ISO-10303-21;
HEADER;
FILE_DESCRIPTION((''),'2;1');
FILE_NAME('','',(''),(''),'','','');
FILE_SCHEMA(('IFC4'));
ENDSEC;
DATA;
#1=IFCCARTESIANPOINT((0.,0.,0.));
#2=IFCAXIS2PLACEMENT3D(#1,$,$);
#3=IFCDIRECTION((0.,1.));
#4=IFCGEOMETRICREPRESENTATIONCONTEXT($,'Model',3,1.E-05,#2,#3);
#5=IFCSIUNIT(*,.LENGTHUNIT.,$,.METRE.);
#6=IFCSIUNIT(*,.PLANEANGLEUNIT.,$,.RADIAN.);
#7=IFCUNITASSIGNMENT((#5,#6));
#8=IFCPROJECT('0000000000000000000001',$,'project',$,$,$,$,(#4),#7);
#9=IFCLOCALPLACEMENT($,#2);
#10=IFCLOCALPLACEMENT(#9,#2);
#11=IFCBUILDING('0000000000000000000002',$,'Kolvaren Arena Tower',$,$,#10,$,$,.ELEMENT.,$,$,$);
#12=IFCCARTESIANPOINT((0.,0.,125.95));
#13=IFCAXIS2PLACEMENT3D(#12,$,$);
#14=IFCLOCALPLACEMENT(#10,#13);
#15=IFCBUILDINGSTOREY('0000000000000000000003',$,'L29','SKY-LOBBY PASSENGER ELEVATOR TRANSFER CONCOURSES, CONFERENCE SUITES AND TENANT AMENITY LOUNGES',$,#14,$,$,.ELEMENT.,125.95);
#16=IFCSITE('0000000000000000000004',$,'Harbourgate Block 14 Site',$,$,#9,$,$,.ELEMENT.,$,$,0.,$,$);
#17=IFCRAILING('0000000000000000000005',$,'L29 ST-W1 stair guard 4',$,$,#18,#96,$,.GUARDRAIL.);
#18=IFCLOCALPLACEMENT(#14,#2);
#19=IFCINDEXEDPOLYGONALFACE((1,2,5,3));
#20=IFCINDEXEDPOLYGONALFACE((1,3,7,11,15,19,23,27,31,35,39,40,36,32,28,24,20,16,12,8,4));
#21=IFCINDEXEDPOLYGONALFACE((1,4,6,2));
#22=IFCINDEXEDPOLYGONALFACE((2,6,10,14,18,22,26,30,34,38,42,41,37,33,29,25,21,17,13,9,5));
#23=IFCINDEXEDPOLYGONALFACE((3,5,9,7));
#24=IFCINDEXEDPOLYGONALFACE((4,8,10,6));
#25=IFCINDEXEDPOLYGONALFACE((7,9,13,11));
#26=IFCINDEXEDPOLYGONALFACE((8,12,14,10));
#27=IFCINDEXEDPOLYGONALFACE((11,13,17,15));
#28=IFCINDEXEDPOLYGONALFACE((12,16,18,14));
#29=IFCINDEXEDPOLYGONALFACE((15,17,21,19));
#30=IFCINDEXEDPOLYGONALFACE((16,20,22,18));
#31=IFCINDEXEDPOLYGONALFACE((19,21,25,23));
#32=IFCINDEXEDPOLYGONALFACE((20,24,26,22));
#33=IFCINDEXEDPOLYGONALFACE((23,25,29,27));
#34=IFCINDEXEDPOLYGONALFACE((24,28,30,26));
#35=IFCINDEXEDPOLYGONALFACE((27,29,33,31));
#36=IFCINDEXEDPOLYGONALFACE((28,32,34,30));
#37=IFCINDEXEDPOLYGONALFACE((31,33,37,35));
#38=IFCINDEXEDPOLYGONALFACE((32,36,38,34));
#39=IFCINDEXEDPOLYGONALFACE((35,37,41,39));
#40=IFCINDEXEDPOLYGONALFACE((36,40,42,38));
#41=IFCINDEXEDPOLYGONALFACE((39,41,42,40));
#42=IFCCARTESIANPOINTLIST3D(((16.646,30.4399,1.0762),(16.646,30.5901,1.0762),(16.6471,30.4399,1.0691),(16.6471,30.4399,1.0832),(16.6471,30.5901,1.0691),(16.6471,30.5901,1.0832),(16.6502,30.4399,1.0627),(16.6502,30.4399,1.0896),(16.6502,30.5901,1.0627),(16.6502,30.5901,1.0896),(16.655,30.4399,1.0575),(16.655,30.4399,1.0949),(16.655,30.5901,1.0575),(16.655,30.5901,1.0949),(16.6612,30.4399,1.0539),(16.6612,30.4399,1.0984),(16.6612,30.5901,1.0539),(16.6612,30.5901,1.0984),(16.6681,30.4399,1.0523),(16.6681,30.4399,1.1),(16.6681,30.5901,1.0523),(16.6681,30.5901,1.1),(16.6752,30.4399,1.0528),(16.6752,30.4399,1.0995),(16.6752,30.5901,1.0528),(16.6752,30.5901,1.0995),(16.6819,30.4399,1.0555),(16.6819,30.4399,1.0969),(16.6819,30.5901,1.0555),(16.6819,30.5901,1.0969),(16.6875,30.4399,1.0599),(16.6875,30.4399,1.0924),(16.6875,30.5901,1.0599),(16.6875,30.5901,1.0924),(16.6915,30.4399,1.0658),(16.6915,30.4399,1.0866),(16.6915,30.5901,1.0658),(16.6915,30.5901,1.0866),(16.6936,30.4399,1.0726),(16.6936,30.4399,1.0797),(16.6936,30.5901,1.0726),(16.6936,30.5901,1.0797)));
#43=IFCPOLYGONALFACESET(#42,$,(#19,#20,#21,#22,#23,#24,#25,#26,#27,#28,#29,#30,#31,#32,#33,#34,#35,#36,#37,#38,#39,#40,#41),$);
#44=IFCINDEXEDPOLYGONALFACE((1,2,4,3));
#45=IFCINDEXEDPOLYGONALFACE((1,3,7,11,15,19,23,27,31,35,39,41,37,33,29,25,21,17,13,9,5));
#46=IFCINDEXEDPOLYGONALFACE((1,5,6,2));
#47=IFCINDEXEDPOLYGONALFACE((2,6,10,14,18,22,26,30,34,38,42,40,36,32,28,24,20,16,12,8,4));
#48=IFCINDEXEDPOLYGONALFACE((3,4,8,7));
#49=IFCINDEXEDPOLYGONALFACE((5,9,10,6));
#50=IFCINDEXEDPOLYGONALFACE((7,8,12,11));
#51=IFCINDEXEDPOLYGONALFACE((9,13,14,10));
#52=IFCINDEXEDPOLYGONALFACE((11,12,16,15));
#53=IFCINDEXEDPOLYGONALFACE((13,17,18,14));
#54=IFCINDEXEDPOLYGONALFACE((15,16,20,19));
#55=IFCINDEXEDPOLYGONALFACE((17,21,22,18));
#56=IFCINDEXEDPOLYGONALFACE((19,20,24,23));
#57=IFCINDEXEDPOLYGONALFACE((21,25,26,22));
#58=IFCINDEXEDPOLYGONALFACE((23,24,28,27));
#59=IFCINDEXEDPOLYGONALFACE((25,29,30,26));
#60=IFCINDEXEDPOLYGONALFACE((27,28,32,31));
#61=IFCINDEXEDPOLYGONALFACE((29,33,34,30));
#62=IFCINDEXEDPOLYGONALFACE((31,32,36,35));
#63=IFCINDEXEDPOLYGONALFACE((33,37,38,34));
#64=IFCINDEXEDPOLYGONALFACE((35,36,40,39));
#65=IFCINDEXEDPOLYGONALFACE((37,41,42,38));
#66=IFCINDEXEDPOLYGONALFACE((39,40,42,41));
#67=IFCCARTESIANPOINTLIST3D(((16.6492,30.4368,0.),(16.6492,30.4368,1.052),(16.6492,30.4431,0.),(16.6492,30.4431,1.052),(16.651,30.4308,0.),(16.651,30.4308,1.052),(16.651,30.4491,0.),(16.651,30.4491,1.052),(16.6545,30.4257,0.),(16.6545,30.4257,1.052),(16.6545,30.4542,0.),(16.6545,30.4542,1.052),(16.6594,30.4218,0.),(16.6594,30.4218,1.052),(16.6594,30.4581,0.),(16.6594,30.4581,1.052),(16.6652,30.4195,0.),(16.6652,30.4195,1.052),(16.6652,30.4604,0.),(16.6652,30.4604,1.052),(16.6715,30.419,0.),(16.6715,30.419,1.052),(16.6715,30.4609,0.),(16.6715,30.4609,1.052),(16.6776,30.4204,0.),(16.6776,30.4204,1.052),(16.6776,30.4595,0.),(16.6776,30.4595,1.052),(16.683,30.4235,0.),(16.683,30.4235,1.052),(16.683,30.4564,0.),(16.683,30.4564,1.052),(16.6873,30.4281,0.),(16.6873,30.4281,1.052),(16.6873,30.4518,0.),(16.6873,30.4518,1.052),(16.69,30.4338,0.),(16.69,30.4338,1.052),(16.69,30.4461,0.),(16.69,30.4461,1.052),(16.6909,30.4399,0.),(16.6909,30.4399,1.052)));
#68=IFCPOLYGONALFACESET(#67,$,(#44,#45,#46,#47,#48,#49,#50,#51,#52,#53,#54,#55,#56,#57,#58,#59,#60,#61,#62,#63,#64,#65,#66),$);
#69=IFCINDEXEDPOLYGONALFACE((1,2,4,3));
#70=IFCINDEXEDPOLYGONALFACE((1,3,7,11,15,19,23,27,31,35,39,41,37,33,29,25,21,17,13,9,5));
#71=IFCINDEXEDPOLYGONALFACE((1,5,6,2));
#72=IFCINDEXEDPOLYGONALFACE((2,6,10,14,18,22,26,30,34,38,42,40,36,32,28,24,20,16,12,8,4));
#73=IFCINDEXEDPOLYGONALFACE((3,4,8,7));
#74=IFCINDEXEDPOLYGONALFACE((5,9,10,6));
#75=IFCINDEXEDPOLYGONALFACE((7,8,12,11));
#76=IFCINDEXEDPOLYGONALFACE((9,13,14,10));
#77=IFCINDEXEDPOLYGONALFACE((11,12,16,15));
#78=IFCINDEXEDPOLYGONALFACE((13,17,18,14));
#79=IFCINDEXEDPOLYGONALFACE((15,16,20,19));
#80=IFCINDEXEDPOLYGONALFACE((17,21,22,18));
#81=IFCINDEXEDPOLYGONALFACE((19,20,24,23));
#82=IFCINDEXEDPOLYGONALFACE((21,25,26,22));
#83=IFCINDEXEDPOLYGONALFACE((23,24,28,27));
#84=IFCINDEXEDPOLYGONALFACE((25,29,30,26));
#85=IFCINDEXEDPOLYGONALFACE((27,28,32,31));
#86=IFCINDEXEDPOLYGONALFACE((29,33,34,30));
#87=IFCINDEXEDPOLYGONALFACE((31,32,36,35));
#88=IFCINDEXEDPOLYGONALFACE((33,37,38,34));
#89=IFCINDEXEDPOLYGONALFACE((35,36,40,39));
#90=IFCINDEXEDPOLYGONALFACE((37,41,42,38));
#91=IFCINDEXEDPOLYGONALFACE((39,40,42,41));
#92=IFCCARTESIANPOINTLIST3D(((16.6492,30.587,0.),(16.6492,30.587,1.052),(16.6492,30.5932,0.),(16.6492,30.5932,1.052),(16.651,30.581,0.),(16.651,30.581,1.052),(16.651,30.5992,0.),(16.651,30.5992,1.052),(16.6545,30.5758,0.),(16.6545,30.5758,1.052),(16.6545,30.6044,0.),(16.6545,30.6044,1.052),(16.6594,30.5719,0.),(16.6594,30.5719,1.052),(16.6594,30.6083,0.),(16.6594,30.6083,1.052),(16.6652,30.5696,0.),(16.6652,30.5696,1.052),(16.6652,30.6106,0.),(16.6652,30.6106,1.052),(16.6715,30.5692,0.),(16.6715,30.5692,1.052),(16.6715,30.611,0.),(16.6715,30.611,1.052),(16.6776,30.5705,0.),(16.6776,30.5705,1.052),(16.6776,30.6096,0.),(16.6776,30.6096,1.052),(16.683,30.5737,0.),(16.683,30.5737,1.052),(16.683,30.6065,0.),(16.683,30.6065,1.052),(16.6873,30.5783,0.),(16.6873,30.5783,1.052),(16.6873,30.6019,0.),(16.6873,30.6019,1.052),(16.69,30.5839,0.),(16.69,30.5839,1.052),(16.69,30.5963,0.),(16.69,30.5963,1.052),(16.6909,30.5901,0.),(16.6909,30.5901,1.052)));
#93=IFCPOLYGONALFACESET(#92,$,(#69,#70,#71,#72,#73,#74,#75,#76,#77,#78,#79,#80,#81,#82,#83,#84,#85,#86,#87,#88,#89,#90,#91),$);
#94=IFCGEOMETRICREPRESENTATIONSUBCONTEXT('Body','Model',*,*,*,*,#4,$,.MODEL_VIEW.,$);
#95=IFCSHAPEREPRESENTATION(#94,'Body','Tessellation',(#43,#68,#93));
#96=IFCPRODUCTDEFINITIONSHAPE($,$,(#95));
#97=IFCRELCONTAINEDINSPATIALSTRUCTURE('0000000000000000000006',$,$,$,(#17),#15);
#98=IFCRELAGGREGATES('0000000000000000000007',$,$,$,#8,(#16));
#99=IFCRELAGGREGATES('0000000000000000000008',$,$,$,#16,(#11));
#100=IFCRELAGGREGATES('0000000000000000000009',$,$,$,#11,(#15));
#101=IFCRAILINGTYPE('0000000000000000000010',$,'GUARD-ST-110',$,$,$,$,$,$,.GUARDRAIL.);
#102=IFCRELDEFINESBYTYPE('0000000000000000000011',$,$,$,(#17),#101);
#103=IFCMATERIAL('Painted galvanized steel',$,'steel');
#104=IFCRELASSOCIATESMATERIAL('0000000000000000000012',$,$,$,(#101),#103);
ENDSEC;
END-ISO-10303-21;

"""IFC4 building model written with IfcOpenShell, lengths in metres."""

from ifc_helpers import new_model, si_unit, direction, frame, origin, origin_2d, place, context, subcontext, project, spatial, circle, extrude, material, type_object, element, save


model = new_model("IFC4")

# Units and contexts
model_context = context("Model", 3, precision=1e-05, world=origin(), true_north=direction((0.0, 1.0)))
body_context = subcontext(model_context, "Body", "Model", "MODEL_VIEW")
ifc_project = project(units=[si_unit("LENGTHUNIT", "METRE"), si_unit("PLANEANGLEUNIT", "RADIAN")], contexts=[model_context])

# Site, building, storey
site_placement = place(None, origin())
site = spatial("IfcSite", under=ifc_project, at=site_placement, Name="Harbourgate Block 14 Site", CompositionType="ELEMENT", RefElevation=0.0)
building_placement = place(site_placement, origin())
building = spatial("IfcBuilding", under=site, at=building_placement, Name="Kolvaren Arena Tower", CompositionType="ELEMENT")
storey_placement = place(building_placement, frame((0.0, 0.0, 125.95)))
storey = spatial("IfcBuildingStorey", under=building, at=storey_placement, Name="L29", Description="SKY-LOBBY PASSENGER ELEVATOR TRANSFER CONCOURSES, CONFERENCE SUITES AND TENANT AMENITY LOUNGES", CompositionType="ELEMENT", Elevation=125.95)

# Railing
ifc_material_1 = material(Name="Painted galvanized steel", Category="steel")
railing_type_1 = type_object("IfcRailingType", Name="GUARD-ST-110", PredefinedType="GUARDRAIL", material=ifc_material_1)
railing_1_placement = place(storey_placement, frame((16.6699, 30.4399, 0.0)))
element("IfcRailing", 1, at=railing_1_placement, inside=storey, type_object=railing_type_1, Name="L29 ST-W1 stair guard 4", PredefinedType="GUARDRAIL", context=body_context, shape_type="SweptSolid", body=[
    extrude(circle(Radius=0.0239, at=origin_2d()), frame((0.0, 0.0, 1.0762), z_axis=(0.0, 1.0, 0.0), x_axis=(-1.0, 0.0, 0.0)), (0.0, 0.0, 1.0), 0.1501),
    extrude(circle(Radius=0.021, at=origin_2d()), origin(), (0.0, 0.0, 1.0), 1.052),
    extrude(circle(Radius=0.021, at=origin_2d()), frame((0.0, 0.1501, 0.0)), (0.0, 0.0, 1.0), 1.052),
])

save(model, "model.ifc")
